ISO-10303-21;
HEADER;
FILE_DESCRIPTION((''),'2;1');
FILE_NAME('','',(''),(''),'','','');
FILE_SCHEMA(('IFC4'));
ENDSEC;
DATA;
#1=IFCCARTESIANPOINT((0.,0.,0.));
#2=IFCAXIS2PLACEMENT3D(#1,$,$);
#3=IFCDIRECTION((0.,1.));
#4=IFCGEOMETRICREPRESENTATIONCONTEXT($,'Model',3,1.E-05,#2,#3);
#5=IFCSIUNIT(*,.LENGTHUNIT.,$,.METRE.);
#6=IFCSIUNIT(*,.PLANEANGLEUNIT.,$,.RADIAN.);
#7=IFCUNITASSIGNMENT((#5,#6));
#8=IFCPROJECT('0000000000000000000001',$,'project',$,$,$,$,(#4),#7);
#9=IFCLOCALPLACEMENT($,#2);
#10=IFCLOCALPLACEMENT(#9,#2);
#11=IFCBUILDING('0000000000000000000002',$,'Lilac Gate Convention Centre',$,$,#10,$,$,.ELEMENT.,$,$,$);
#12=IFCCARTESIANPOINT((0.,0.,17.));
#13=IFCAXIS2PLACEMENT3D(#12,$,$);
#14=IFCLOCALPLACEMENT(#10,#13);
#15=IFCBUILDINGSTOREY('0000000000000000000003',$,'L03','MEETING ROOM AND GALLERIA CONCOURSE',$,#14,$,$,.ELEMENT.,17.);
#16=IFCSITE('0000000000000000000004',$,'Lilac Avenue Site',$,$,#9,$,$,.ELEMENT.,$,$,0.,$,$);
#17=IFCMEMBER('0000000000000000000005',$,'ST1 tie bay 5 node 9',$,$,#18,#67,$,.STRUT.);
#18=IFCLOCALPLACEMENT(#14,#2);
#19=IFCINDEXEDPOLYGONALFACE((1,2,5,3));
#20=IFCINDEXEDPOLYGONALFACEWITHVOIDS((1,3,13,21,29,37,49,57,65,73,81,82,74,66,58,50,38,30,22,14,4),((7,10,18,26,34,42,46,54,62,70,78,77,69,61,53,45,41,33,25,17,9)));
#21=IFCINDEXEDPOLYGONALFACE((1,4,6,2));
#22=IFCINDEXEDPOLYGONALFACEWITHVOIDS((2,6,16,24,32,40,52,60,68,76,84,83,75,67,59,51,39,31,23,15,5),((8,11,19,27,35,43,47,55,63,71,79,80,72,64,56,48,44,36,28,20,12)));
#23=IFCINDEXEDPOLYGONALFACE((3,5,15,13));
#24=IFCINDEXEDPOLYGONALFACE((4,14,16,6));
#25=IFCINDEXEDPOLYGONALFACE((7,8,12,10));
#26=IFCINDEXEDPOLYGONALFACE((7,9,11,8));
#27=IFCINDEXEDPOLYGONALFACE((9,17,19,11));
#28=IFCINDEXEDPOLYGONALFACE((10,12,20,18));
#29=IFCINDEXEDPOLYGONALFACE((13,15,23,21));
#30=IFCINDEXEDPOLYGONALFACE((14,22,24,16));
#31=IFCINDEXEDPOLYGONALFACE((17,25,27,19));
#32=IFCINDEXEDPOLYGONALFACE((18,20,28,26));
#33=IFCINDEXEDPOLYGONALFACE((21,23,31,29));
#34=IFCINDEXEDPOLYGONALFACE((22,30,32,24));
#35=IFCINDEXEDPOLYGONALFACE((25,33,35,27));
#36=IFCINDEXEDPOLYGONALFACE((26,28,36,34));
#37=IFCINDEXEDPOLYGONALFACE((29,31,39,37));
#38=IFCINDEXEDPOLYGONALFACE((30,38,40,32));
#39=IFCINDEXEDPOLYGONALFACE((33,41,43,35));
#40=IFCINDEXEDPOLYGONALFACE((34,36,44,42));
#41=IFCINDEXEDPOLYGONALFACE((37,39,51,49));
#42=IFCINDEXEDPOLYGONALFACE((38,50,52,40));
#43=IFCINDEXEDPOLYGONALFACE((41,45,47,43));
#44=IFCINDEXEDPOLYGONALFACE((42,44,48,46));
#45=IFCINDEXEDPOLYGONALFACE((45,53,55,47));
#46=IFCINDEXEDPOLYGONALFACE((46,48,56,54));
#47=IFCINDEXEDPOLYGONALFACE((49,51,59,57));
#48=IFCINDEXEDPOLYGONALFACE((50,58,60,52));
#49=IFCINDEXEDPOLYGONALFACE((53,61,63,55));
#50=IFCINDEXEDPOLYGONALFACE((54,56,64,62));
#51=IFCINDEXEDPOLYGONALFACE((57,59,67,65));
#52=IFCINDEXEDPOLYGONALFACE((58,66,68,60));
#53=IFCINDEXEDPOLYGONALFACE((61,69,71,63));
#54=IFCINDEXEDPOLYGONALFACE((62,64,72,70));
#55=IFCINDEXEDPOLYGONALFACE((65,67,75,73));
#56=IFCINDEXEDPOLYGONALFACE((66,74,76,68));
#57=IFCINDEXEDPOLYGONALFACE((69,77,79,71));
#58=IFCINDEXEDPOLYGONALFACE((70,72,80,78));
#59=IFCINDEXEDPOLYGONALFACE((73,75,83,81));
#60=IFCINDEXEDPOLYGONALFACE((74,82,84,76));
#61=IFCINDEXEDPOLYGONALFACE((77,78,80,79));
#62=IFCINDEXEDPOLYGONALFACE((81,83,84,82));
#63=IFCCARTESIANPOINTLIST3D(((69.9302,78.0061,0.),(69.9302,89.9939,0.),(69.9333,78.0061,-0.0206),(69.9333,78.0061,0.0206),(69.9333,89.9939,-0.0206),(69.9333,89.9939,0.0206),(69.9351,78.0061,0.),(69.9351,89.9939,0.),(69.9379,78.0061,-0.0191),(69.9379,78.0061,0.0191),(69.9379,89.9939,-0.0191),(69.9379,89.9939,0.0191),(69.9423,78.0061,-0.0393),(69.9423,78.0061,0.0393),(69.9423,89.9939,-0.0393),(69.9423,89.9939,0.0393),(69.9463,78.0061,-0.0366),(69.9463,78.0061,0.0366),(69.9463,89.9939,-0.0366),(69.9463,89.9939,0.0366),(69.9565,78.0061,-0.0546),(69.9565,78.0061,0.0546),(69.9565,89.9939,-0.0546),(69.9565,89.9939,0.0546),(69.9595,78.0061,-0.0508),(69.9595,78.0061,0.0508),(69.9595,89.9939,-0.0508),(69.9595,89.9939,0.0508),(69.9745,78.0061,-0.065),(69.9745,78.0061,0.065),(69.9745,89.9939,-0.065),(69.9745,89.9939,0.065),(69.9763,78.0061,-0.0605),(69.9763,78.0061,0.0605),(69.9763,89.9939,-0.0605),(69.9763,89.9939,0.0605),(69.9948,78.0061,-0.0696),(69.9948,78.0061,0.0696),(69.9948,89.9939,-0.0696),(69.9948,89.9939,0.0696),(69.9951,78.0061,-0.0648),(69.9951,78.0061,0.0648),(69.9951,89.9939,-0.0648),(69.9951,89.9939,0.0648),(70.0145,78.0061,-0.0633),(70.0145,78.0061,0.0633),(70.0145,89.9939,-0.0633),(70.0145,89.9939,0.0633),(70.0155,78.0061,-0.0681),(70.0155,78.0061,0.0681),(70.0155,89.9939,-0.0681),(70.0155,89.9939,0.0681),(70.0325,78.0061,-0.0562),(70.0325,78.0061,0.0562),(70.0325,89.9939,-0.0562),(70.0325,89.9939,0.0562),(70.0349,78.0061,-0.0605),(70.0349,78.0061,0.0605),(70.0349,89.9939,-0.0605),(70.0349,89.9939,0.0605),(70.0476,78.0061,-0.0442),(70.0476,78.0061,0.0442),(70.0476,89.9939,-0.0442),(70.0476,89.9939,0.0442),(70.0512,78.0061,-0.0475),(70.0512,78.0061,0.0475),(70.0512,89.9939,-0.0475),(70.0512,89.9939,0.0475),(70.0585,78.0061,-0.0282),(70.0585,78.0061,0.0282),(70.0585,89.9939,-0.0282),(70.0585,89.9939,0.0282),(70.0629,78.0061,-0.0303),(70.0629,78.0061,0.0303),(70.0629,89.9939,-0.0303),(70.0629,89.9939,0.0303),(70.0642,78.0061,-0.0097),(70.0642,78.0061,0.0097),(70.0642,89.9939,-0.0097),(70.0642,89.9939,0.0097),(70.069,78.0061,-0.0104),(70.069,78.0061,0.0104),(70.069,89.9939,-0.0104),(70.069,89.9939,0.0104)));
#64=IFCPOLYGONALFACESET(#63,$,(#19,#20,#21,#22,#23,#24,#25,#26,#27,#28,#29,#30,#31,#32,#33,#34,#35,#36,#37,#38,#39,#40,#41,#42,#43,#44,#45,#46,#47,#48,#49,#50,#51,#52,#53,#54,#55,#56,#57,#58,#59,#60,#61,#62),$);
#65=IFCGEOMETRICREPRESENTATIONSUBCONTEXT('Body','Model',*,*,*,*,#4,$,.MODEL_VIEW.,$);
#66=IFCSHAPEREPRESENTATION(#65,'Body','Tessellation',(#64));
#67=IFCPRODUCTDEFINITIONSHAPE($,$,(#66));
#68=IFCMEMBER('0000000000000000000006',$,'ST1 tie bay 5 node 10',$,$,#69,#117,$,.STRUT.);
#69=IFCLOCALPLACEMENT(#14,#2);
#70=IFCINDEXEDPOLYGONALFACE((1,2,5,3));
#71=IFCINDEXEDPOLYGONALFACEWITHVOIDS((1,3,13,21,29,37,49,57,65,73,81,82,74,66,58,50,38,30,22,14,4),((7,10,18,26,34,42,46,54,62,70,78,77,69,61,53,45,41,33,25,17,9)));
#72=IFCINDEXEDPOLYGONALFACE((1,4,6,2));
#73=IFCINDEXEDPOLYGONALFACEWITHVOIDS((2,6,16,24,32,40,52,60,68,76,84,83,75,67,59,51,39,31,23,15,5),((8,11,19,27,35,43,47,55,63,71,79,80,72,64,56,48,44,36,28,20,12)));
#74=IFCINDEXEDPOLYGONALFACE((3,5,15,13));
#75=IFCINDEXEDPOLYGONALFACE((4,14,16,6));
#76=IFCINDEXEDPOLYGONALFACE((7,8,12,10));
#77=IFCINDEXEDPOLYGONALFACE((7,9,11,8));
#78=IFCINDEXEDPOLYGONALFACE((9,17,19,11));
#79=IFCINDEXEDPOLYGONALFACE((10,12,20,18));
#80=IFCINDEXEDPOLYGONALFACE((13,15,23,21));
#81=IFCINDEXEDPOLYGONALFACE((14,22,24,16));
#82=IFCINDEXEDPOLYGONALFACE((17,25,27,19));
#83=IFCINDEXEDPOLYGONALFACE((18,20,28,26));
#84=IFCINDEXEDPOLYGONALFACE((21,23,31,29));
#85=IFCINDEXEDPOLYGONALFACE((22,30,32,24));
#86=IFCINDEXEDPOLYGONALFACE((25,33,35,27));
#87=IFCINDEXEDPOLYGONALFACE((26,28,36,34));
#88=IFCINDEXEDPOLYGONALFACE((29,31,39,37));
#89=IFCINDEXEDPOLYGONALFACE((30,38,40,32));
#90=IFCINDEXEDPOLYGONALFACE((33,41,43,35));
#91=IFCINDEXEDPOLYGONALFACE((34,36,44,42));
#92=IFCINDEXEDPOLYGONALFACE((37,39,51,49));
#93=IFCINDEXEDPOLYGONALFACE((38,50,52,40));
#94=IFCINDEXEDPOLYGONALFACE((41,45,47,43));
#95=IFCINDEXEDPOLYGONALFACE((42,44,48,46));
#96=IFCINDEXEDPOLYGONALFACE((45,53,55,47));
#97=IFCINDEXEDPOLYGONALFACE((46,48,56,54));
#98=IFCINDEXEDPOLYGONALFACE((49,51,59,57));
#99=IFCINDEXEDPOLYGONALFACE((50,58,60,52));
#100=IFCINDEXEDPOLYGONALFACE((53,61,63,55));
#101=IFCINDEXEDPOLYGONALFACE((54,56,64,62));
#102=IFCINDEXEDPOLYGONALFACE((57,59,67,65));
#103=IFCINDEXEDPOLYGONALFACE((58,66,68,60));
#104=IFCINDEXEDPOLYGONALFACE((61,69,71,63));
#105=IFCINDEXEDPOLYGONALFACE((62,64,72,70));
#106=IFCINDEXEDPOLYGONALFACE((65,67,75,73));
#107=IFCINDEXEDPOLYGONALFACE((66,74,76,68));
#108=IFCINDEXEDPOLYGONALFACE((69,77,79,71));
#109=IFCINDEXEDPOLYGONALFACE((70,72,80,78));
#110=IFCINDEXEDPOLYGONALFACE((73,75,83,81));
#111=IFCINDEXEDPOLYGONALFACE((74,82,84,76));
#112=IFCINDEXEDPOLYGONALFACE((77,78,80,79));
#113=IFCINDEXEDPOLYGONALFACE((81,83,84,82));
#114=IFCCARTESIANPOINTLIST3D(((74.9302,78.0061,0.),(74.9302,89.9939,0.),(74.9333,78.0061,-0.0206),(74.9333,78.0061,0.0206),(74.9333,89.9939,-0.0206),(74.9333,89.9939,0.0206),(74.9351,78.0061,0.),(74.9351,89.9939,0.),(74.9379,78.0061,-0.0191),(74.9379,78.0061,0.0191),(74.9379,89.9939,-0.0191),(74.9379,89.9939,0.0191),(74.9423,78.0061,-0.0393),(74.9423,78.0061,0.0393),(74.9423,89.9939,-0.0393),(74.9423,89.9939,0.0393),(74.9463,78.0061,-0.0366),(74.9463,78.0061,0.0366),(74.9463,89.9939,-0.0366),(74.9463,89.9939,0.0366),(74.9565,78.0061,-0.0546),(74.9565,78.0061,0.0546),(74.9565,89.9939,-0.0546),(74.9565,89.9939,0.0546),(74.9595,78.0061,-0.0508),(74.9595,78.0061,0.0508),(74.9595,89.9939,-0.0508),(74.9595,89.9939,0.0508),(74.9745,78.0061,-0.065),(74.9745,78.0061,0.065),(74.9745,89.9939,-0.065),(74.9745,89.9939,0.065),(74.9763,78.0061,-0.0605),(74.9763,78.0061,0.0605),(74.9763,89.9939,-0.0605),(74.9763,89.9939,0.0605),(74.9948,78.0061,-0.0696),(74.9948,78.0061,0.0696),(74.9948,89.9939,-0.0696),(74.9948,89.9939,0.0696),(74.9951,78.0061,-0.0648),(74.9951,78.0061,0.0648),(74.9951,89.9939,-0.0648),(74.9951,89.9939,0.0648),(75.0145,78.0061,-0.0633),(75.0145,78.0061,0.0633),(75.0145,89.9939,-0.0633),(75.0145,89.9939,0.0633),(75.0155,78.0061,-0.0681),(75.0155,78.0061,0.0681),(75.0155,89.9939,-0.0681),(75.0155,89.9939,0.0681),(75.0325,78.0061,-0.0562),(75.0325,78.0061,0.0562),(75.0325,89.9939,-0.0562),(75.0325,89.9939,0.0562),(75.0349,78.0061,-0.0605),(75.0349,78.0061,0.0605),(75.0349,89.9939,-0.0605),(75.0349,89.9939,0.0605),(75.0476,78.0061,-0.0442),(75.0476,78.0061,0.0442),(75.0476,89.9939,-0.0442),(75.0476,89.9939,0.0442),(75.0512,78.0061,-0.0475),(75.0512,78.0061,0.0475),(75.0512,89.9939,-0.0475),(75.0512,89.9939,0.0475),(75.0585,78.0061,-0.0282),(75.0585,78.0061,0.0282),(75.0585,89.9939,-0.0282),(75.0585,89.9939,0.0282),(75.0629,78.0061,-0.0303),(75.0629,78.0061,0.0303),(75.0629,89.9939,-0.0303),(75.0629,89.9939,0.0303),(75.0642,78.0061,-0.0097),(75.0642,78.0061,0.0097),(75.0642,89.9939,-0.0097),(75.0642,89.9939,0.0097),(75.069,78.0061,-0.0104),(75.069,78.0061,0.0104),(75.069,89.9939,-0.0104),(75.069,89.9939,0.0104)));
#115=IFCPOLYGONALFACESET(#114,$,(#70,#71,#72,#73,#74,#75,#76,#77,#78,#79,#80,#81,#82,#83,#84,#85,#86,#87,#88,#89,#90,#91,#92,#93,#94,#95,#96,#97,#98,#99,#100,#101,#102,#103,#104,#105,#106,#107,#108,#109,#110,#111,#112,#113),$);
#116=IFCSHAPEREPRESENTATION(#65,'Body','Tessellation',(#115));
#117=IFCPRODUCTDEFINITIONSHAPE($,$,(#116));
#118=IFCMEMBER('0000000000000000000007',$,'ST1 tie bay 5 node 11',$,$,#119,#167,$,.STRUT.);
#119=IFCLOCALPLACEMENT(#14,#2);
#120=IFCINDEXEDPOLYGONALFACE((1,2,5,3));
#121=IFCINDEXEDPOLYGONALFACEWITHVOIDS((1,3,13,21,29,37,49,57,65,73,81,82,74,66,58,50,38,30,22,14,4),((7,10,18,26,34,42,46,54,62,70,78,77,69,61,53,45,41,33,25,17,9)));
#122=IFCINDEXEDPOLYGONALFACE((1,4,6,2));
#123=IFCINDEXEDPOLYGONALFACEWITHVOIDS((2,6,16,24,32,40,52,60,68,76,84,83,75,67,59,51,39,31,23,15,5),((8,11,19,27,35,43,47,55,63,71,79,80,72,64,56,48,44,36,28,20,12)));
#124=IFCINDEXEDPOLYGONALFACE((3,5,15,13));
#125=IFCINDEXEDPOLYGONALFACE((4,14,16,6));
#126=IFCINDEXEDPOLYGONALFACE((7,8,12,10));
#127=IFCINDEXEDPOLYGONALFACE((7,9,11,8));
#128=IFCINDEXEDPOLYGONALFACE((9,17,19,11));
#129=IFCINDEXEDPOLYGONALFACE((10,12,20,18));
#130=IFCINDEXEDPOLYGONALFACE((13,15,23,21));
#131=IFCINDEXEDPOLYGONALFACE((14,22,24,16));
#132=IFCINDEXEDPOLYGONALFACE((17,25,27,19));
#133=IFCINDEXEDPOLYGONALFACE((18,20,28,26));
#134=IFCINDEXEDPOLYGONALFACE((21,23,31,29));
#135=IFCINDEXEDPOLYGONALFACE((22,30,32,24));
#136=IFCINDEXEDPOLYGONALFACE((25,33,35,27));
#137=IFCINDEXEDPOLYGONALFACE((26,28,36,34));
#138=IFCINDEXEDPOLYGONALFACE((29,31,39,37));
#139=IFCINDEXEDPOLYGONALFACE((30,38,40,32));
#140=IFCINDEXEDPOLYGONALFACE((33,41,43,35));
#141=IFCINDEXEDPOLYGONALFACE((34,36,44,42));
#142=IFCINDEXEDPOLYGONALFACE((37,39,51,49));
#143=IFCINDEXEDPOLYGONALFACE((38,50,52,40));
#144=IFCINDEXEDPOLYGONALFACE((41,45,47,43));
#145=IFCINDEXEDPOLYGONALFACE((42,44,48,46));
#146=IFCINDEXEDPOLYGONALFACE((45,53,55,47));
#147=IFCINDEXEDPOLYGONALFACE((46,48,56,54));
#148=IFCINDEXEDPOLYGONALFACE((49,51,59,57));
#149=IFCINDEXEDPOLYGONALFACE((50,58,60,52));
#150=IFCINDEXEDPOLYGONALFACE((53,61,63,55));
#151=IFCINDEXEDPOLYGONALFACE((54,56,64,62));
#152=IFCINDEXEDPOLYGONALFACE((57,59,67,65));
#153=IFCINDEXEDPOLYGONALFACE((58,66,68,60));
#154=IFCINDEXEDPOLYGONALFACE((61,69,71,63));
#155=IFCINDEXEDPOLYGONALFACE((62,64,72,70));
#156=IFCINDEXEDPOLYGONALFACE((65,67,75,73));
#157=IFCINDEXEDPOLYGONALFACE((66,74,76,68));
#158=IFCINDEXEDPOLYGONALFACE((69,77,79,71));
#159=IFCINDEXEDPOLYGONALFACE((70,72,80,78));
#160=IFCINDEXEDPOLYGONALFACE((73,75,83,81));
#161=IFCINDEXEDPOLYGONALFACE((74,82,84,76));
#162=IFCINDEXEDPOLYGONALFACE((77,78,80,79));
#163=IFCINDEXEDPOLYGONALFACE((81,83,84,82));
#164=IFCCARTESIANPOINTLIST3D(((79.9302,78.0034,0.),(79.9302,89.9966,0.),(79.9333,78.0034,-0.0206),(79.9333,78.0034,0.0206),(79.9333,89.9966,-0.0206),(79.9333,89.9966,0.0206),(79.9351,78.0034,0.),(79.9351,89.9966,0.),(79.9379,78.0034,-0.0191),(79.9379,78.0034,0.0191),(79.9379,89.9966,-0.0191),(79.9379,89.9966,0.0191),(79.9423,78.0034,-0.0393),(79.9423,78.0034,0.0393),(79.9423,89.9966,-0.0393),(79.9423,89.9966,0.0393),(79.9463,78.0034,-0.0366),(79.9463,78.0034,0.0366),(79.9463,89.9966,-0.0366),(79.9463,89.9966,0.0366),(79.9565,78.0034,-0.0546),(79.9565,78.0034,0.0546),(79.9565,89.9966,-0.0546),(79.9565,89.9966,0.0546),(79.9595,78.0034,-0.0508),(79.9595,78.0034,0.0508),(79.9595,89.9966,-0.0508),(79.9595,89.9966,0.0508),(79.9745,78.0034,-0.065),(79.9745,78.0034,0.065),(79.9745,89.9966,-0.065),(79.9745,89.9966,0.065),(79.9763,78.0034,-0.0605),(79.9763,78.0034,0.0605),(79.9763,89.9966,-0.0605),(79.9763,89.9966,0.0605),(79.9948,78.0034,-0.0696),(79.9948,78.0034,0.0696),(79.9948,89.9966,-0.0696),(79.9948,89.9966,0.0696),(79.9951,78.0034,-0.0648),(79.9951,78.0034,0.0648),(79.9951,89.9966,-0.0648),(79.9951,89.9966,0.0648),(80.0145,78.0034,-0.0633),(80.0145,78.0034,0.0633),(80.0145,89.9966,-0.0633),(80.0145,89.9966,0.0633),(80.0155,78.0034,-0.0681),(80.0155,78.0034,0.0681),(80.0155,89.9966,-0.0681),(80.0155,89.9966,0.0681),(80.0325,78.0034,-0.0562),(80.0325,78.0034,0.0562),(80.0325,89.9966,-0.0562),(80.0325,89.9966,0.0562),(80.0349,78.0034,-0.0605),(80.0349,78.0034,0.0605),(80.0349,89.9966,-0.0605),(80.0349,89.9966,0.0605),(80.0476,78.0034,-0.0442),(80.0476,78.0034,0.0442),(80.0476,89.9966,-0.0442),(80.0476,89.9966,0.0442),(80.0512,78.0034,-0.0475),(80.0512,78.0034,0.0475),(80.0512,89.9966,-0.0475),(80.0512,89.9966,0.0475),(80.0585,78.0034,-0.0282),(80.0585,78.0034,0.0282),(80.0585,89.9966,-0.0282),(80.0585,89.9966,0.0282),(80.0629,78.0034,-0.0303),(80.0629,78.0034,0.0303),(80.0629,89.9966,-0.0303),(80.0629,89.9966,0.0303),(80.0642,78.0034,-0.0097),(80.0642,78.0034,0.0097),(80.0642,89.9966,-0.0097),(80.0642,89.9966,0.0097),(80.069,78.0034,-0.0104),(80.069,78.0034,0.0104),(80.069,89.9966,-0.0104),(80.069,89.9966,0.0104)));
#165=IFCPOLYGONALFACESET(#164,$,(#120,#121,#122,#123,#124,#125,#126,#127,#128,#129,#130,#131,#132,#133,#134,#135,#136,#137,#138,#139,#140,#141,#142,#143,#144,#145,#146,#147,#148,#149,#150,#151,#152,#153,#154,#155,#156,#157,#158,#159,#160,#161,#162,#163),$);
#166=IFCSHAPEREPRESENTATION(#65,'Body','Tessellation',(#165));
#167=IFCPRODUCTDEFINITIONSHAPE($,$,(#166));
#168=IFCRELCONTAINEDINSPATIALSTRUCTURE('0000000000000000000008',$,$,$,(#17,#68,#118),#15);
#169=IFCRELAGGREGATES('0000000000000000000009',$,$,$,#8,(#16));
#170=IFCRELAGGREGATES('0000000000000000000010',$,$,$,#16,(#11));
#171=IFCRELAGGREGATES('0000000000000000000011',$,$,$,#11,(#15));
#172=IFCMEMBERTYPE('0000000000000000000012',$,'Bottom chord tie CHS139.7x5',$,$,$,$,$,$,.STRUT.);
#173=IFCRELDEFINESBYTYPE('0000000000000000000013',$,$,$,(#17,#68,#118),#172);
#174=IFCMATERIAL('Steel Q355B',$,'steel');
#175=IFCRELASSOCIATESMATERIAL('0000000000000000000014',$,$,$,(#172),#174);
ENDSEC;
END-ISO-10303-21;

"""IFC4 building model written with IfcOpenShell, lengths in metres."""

from ifc_helpers import new_model, si_unit, direction, frame, origin, origin_2d, place, context, subcontext, project, spatial, hollow_circle, extrude, material, material_profile, profile_set, type_object, element, save


model = new_model("IFC4")

# Units and contexts
model_context = context("Model", 3, precision=1e-05, world=origin(), true_north=direction((0.0, 1.0)))
body_context = subcontext(model_context, "Body", "Model", "MODEL_VIEW")
ifc_project = project(units=[si_unit("LENGTHUNIT", "METRE"), si_unit("PLANEANGLEUNIT", "RADIAN")], contexts=[model_context])

# Site, building, storey
site_placement = place(None, origin())
site = spatial("IfcSite", under=ifc_project, at=site_placement, Name="Lilac Avenue Site", CompositionType="ELEMENT", RefElevation=0.0)
building_placement = place(site_placement, origin())
building = spatial("IfcBuilding", under=site, at=building_placement, Name="Lilac Gate Convention Centre", CompositionType="ELEMENT")
storey_placement = place(building_placement, frame((0.0, 0.0, 17.0)))
storey = spatial("IfcBuildingStorey", under=building, at=storey_placement, Name="L03", Description="MEETING ROOM AND GALLERIA CONCOURSE", CompositionType="ELEMENT", Elevation=17.0)

# Members
ifc_material = material(Name="Steel Q355B", Category="steel")
ifc_material_profile_1 = material_profile(ifc_material, hollow_circle(Radius=0.0698, WallThickness=0.0049, at=origin_2d()), Name="CHS139.7x5")
ifc_profile_set_1 = profile_set([ifc_material_profile_1], Name="Steel Q355B")
member_type_1 = type_object("IfcMemberType", Name="Bottom chord tie CHS139.7x5", PredefinedType="STRUT", material=ifc_profile_set_1)
for number, where, z_axis, x_axis, name in (
    (1, (70.0, 78.0061, 0.0), (0.0, 1.0, 0.0), (-1.0, 0.0, 0.0), "ST1 tie bay 5 node 9"),
    (2, (75.0, 78.0061, 0.0), (0.0, 1.0, 0.0), (-1.0, 0.0, 0.0), "ST1 tie bay 5 node 10"),
):
    element("IfcMember", number, at=place(storey_placement, frame(where, z_axis=z_axis, x_axis=x_axis)), inside=storey, type_object=member_type_1, Name=name, PredefinedType="STRUT", context=body_context, shape_type="SweptSolid", body=[
        extrude(hollow_circle(Radius=0.0698, WallThickness=0.0049, at=origin_2d()), origin(), (0.0, 0.0, 1.0), 11.9878),
    ])
member_1_placement = place(storey_placement, frame((80.0, 78.0034, 0.0), z_axis=(0.0, 1.0, 0.0), x_axis=(-1.0, 0.0, 0.0)))
element("IfcMember", 3, at=member_1_placement, inside=storey, type_object=member_type_1, Name="ST1 tie bay 5 node 11", PredefinedType="STRUT", context=body_context, shape_type="SweptSolid", body=[
    extrude(hollow_circle(Radius=0.0698, WallThickness=0.0049, at=origin_2d()), origin(), (0.0, 0.0, 1.0), 11.9932),
])

save(model, "model.ifc")
